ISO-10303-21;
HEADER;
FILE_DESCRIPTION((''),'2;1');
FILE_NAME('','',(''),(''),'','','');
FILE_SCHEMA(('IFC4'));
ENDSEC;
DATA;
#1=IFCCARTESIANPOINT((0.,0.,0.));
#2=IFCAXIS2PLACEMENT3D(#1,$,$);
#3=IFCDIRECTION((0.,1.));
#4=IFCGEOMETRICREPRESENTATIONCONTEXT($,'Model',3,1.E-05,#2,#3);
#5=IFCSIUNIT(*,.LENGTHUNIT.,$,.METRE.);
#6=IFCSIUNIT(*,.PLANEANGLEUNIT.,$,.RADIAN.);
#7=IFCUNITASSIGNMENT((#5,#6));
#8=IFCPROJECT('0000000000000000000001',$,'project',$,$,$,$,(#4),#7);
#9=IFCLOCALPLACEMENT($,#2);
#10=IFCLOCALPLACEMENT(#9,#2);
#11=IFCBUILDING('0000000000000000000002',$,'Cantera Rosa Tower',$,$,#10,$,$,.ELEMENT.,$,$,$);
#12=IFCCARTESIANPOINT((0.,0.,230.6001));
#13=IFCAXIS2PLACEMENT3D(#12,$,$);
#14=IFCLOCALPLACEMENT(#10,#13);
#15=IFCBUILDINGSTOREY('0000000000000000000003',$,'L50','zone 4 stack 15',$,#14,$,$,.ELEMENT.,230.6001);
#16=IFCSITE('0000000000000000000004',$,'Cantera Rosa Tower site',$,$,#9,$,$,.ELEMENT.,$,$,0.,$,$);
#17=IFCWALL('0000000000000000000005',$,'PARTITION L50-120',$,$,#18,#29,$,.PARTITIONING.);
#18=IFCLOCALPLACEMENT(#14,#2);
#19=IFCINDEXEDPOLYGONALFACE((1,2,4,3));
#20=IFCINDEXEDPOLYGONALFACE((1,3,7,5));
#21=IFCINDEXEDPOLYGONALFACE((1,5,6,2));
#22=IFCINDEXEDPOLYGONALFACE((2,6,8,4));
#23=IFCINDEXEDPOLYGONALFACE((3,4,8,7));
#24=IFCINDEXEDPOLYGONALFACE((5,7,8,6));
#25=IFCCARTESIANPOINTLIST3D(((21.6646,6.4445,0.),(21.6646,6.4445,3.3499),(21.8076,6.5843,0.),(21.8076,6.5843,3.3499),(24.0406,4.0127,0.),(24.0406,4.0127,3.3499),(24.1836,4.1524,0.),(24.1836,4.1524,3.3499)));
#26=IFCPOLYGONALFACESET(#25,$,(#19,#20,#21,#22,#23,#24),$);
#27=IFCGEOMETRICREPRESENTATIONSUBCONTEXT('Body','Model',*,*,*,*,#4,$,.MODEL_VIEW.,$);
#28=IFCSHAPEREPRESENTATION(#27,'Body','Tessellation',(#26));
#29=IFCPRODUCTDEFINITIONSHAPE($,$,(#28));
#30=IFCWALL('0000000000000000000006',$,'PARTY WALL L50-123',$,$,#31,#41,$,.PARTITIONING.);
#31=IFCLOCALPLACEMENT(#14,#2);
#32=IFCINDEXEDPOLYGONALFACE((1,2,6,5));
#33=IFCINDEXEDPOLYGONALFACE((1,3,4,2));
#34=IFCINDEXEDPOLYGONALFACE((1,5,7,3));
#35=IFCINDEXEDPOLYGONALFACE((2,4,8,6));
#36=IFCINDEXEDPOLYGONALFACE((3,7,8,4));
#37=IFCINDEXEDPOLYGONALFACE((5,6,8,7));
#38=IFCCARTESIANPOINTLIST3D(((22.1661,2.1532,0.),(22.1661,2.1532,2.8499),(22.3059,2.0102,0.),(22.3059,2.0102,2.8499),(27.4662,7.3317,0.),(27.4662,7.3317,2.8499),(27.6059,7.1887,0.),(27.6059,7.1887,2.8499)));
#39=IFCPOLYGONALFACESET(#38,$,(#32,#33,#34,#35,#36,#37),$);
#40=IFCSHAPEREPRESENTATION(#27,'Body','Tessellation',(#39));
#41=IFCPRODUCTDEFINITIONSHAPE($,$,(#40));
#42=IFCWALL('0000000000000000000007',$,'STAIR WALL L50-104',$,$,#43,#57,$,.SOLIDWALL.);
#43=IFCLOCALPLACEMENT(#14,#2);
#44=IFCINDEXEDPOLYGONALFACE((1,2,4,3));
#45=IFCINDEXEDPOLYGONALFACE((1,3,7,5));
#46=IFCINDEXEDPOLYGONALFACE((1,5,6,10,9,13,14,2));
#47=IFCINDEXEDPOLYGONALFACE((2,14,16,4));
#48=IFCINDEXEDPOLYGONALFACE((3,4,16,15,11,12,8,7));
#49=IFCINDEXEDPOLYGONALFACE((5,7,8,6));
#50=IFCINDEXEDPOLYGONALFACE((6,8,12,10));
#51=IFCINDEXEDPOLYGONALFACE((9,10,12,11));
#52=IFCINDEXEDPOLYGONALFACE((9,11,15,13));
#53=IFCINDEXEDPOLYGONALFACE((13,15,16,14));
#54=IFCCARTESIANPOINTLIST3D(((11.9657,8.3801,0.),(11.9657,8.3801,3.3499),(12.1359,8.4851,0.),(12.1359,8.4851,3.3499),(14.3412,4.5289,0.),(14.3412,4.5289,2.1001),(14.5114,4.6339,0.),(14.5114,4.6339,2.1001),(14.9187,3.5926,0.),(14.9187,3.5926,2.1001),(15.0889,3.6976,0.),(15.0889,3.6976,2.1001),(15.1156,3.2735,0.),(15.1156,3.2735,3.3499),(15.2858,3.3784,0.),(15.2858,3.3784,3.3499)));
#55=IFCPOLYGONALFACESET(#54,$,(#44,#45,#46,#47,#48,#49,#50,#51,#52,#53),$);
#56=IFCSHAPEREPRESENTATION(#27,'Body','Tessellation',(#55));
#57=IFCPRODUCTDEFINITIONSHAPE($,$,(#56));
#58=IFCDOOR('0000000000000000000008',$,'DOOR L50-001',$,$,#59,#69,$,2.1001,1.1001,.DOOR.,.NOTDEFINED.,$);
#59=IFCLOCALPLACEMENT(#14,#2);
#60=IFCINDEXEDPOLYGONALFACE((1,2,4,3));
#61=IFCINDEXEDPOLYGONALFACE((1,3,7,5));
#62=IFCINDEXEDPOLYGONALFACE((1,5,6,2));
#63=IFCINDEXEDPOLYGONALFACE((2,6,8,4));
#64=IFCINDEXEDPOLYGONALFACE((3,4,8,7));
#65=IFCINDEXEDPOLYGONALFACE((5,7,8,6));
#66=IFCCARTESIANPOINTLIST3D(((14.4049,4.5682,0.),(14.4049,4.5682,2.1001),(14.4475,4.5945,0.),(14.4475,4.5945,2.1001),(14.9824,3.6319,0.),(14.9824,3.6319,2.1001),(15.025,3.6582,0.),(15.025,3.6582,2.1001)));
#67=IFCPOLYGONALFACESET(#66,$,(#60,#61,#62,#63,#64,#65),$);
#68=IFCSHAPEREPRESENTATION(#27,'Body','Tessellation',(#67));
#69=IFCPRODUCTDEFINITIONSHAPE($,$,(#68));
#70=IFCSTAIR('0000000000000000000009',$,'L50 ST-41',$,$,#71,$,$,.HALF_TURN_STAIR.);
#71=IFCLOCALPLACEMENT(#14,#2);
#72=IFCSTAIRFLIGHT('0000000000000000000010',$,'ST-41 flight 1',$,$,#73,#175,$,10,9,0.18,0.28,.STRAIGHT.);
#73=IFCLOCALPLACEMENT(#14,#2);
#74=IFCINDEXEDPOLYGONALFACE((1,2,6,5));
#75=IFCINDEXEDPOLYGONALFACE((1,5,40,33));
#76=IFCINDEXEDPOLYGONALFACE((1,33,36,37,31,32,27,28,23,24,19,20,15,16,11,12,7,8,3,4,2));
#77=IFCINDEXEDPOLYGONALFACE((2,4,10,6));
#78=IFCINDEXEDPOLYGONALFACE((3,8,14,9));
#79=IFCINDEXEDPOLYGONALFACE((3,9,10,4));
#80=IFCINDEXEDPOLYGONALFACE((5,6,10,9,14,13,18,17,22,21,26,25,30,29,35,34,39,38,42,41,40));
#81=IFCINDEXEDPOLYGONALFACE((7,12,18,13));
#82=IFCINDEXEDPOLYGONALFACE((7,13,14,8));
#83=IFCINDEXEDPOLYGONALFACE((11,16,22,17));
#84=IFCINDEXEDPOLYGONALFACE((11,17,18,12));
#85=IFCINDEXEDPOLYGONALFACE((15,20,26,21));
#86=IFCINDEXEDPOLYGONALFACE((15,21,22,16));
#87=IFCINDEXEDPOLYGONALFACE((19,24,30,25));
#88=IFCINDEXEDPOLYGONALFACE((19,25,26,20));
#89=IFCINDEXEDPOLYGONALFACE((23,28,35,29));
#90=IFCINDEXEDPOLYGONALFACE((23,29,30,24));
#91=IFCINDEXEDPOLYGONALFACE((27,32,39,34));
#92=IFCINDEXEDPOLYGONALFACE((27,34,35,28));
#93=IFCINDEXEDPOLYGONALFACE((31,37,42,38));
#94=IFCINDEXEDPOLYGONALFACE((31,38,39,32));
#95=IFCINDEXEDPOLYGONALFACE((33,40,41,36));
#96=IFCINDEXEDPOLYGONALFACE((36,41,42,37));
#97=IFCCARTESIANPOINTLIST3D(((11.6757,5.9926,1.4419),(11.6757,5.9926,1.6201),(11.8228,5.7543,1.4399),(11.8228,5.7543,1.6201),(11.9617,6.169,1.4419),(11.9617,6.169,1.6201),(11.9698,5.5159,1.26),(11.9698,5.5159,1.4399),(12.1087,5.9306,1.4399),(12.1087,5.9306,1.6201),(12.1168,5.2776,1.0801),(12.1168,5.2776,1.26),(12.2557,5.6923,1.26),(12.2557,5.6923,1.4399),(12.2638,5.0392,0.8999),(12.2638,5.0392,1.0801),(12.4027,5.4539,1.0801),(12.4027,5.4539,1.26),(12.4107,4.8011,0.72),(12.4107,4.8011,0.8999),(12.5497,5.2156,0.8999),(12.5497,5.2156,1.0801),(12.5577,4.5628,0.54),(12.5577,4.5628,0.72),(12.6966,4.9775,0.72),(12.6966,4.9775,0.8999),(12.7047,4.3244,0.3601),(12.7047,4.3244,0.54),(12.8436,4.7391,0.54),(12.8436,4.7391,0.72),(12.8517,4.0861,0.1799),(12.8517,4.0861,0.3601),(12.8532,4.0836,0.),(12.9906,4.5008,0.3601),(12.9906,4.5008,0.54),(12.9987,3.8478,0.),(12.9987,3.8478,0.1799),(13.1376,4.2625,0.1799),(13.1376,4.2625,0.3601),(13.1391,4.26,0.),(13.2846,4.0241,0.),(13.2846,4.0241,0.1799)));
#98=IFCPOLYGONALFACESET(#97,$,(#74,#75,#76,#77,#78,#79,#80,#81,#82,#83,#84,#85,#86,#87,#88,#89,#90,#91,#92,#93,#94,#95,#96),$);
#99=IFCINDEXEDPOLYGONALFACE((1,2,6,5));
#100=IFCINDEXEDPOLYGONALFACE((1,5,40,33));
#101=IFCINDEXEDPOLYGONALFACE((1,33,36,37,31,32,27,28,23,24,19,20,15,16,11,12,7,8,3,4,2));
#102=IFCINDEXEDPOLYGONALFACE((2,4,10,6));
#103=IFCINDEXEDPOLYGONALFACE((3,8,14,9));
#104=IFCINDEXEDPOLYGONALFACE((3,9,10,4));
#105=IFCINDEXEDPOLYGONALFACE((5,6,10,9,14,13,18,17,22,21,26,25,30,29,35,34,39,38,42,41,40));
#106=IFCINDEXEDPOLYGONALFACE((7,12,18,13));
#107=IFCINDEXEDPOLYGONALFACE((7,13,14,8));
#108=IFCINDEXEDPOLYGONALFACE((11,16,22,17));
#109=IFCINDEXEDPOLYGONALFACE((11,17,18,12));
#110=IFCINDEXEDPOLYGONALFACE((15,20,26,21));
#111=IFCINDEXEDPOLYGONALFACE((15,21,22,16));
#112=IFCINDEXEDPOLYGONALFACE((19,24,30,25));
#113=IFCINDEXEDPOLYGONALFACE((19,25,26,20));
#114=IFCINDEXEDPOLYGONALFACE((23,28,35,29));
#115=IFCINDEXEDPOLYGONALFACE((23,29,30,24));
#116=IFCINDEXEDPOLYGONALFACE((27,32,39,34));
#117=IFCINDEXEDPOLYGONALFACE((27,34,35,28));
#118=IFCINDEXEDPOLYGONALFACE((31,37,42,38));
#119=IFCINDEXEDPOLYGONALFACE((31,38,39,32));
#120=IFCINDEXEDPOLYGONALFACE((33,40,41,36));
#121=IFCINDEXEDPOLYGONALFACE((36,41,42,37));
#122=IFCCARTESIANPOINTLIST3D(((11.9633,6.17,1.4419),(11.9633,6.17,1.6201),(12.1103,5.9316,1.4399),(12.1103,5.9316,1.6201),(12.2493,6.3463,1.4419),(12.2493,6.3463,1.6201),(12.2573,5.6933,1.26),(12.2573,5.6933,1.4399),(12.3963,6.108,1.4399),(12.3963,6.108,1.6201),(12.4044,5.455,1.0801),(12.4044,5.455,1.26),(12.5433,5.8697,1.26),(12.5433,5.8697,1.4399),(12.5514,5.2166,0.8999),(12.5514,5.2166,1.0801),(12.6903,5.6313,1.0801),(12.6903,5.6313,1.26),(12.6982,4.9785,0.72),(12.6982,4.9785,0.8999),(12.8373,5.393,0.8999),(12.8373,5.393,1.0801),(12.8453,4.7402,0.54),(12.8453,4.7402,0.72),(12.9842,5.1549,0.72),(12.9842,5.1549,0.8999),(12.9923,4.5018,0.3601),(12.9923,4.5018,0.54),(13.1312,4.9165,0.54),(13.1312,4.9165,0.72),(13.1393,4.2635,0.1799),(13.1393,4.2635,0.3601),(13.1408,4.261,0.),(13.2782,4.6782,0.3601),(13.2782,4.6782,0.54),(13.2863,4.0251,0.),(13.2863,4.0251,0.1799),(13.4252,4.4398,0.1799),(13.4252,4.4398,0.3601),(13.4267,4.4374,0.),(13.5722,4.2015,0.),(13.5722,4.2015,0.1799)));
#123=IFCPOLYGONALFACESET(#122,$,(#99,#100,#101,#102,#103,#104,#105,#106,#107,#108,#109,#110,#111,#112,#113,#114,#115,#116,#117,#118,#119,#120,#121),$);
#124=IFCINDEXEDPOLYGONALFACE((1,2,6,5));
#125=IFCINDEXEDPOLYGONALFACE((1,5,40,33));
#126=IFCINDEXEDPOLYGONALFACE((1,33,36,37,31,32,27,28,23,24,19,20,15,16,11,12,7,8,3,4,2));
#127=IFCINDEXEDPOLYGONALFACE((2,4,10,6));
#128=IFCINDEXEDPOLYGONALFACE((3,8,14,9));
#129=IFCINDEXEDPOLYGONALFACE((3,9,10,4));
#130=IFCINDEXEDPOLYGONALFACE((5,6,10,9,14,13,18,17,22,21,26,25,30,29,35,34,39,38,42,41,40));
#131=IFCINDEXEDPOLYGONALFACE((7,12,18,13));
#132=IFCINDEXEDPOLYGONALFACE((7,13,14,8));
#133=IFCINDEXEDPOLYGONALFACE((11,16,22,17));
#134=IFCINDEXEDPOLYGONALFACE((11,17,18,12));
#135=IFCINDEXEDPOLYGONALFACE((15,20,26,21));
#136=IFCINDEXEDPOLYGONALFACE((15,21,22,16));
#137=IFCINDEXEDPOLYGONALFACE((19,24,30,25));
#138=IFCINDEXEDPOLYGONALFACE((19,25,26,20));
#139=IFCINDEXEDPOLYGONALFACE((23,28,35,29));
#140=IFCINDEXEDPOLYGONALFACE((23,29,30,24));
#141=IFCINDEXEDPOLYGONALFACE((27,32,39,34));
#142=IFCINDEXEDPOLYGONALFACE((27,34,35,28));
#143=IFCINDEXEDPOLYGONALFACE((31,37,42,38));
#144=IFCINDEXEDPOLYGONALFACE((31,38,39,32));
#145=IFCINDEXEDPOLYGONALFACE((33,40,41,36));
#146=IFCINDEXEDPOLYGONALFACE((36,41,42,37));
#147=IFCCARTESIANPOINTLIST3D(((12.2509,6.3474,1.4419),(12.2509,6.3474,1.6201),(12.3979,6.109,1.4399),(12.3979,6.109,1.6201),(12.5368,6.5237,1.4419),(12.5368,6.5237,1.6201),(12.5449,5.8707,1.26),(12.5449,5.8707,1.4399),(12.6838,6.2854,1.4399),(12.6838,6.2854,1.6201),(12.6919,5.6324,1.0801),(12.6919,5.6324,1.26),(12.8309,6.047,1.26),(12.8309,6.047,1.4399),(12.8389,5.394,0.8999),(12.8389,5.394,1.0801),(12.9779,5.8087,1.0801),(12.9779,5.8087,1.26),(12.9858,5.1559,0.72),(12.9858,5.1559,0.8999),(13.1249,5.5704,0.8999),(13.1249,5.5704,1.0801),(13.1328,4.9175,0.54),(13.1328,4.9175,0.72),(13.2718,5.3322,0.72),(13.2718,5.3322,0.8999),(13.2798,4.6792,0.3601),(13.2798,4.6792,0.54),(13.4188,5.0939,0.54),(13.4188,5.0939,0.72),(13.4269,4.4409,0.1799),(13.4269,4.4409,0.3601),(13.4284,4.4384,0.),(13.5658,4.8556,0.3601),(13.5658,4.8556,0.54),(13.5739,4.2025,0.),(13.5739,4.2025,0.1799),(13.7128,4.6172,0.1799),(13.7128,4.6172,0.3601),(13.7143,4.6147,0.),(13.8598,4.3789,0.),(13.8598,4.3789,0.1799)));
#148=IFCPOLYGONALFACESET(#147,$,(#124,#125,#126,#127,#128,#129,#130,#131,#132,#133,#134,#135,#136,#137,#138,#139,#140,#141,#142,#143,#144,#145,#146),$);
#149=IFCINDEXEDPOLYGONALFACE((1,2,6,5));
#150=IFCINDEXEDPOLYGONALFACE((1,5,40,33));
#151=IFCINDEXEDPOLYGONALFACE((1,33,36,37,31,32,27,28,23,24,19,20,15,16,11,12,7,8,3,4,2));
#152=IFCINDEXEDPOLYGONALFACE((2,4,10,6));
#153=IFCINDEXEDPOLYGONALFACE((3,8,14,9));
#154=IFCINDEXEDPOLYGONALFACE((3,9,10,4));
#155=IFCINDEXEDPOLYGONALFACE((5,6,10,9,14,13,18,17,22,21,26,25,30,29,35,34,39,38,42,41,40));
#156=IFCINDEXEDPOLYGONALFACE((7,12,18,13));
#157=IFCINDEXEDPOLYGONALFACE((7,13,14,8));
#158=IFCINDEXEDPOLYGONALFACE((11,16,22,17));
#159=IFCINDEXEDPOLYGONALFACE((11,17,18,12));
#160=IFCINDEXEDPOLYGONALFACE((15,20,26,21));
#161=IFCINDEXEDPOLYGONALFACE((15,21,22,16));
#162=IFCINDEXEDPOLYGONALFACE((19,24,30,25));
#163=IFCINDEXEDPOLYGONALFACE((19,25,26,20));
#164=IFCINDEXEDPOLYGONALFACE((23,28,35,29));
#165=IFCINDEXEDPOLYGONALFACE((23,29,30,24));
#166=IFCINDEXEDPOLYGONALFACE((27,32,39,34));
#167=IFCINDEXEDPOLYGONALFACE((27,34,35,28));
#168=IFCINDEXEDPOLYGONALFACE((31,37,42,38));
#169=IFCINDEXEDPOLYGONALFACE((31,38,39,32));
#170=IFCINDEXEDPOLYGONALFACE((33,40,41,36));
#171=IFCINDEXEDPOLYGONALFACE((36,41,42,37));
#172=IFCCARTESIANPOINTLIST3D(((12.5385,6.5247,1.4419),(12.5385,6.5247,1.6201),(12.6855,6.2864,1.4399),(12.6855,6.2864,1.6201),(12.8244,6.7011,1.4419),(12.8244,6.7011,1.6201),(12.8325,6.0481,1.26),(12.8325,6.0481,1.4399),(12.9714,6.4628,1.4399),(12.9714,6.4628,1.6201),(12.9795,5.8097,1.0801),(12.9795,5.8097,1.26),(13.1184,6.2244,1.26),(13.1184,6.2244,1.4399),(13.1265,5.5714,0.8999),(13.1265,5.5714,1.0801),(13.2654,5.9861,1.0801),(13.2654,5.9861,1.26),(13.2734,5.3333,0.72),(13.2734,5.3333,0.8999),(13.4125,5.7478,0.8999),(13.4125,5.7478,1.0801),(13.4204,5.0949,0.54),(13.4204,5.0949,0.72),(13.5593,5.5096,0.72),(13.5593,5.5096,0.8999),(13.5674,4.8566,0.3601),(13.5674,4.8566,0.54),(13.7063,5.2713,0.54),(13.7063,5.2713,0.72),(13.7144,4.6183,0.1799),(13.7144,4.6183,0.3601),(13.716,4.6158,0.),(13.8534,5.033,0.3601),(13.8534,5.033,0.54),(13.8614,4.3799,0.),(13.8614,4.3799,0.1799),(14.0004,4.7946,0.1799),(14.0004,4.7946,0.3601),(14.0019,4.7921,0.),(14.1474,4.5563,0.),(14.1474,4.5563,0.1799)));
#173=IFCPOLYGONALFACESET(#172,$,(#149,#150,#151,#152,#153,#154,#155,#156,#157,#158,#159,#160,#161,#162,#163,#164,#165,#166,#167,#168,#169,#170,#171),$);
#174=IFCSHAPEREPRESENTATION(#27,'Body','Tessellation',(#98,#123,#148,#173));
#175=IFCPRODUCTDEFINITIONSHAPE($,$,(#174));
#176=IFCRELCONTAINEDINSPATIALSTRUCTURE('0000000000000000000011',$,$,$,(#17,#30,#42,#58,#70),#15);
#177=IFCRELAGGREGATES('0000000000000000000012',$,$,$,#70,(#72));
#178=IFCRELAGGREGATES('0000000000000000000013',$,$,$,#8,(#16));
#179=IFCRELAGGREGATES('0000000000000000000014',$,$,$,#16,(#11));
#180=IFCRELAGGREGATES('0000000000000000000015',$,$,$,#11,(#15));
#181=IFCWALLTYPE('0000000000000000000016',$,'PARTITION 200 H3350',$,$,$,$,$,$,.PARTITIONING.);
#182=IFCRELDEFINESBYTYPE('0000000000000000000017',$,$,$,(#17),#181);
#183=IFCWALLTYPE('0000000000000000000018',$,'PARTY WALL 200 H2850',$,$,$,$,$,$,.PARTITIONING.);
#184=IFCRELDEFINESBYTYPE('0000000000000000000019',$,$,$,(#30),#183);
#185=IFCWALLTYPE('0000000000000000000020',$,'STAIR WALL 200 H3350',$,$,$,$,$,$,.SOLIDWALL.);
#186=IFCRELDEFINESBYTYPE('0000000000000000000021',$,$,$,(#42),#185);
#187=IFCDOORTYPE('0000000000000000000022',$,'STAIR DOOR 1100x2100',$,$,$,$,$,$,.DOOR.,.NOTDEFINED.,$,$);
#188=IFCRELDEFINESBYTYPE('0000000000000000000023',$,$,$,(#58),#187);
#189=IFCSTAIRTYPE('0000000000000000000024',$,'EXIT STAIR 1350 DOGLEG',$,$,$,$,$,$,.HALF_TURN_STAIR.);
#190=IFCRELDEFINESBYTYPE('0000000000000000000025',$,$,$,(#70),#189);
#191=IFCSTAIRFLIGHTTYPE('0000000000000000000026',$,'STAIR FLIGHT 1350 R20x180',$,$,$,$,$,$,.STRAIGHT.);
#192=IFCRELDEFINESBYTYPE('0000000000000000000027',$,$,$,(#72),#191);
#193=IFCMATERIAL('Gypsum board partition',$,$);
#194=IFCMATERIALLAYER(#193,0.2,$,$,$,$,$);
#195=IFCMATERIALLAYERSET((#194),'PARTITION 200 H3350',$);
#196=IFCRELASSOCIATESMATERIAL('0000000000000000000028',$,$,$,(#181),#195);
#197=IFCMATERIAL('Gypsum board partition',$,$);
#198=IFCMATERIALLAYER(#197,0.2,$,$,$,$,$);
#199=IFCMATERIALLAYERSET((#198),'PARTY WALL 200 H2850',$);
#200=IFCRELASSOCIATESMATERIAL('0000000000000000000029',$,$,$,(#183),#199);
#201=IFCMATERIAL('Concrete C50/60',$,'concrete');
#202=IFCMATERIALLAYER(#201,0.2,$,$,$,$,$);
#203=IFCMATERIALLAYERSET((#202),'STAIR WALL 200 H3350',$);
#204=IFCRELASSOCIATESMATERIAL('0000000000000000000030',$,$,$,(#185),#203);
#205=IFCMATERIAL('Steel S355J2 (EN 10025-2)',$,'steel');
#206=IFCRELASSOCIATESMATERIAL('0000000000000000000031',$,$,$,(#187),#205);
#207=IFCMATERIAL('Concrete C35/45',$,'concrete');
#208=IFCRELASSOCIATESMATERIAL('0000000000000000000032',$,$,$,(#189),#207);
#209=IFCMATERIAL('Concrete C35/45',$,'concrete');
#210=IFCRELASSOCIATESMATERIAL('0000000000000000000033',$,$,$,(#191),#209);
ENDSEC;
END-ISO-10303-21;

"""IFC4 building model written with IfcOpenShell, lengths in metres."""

from ifc_helpers import new_model, si_unit, direction, frame, frame_2d, origin, place, context, subcontext, project, spatial, polyline, rectangle, outline, extrude, material, layer, layer_set, type_object, element, fill, aggregate, save


model = new_model("IFC4")

# Units and contexts
model_context = context("Model", 3, precision=1e-05, world=origin(), true_north=direction((0.0, 1.0)))
body_context = subcontext(model_context, "Body", "Model", "MODEL_VIEW")
ifc_project = project(units=[si_unit("LENGTHUNIT", "METRE"), si_unit("PLANEANGLEUNIT", "RADIAN")], contexts=[model_context])

# Site, building, storey
site_placement = place(None, origin())
site = spatial("IfcSite", under=ifc_project, at=site_placement, Name="Cantera Rosa Tower site", CompositionType="ELEMENT", RefElevation=0.0)
building_placement = place(site_placement, origin())
building = spatial("IfcBuilding", under=site, at=building_placement, Name="Cantera Rosa Tower", CompositionType="ELEMENT")
storey_placement = place(building_placement, frame((0.0, 0.0, 230.6001)))
storey = spatial("IfcBuildingStorey", under=building, at=storey_placement, Name="L50", Description="zone 4 stack 15", CompositionType="ELEMENT", Elevation=230.6001)

# Walls
ifc_material_1 = material(Name="Gypsum board partition")
ifc_layer_1 = layer(ifc_material_1, 0.2)
ifc_layer_set_1 = layer_set([ifc_layer_1], Name="PARTITION 200 H3350")
wall_type_1 = type_object("IfcWallType", Name="PARTITION 200 H3350", PredefinedType="PARTITIONING", material=ifc_layer_set_1)
wall_1_placement = place(storey_placement, frame((21.7361, 6.5144, 0.0), z_axis=(0.0, 0.0, 1.0), x_axis=(0.698837, -0.715281, 0.0)))
element("IfcWall", 1, at=wall_1_placement, inside=storey, type_object=wall_type_1, Name="PARTITION L50-120", PredefinedType="PARTITIONING", context=body_context, shape_type="SweptSolid", body=[
    extrude(rectangle(XDim=3.3999, YDim=0.2, at=frame_2d((1.7, 0.0))), origin(), (0.0, 0.0, 1.0), 3.3499),
])
ifc_material_2 = material(Name="Gypsum board partition")
ifc_layer_2 = layer(ifc_material_2, 0.2)
ifc_layer_set_2 = layer_set([ifc_layer_2], Name="PARTY WALL 200 H2850")
wall_type_2 = type_object("IfcWallType", Name="PARTY WALL 200 H2850", PredefinedType="PARTITIONING", material=ifc_layer_set_2)
wall_2_placement = place(storey_placement, frame((27.5361, 7.2603, 0.0), z_axis=(0.0, 0.0, 1.0), x_axis=(-0.715263, -0.698855, 0.0)))
element("IfcWall", 2, at=wall_2_placement, inside=storey, type_object=wall_type_2, Name="PARTY WALL L50-123", PredefinedType="PARTITIONING", context=body_context, shape_type="SweptSolid", body=[
    extrude(rectangle(XDim=7.4099, YDim=0.2, at=frame_2d((3.7051, 0.0))), origin(), (0.0, 0.0, 1.0), 2.8499),
])

# Wall, opening, door
ifc_material_3 = material(Name="Concrete C50/60", Category="concrete")
ifc_layer_3 = layer(ifc_material_3, 0.2)
ifc_layer_set_3 = layer_set([ifc_layer_3], Name="STAIR WALL 200 H3350")
wall_type_3 = type_object("IfcWallType", Name="STAIR WALL 200 H3350", PredefinedType="SOLIDWALL", material=ifc_layer_set_3)
wall_3_placement = place(storey_placement, frame((12.0508, 8.4326, 0.0), z_axis=(0.0, 0.0, 1.0), x_axis=(0.524983, -0.851113, 0.0)))
wall_3 = element("IfcWall", 3, at=wall_3_placement, inside=storey, type_object=wall_type_3, Name="STAIR WALL L50-104", PredefinedType="SOLIDWALL", context=body_context, shape_type="SweptSolid", body=[
    extrude(rectangle(XDim=6.0, YDim=0.2, at=frame_2d((3.0, 0.0))), origin(), (0.0, 0.0, 1.0), 3.3499),
])
opening_1_placement = place(wall_3_placement, frame((4.5249, 0.0, 0.0)))
opening_1 = element("IfcOpeningElement", 4, at=opening_1_placement, cuts=wall_3, PredefinedType="OPENING", context=body_context, shape_type="SweptSolid", body=[
    extrude(rectangle(XDim=1.1001, YDim=2.1001, at=frame_2d((0.55, 1.05))), frame((0.0, 0.1099, 0.0), z_axis=(0.0, -1.0, 0.0), x_axis=(1.0, 0.0, 0.0)), (0.0, 0.0, 1.0), 0.22),
])
ifc_material_4 = material(Name="Steel S355J2 (EN 10025-2)", Category="steel")
door_type_1 = type_object("IfcDoorType", Name="STAIR DOOR 1100x2100", OperationType="NOTDEFINED", PredefinedType="DOOR", material=ifc_material_4)
door_1_placement = place(opening_1_placement, origin())
door_1 = element("IfcDoor", 5, at=door_1_placement, inside=storey, type_object=door_type_1, Name="DOOR L50-001", OperationType="NOTDEFINED", OverallHeight=2.1001, OverallWidth=1.1001, PredefinedType="DOOR", context=body_context, shape_type="SweptSolid", body=[
    extrude(rectangle(XDim=1.1001, YDim=2.1001, at=frame_2d((0.55, 1.05))), frame((0.0, 0.0249, 0.0), z_axis=(0.0, -1.0, 0.0), x_axis=(1.0, 0.0, 0.0)), (0.0, 0.0, 1.0), 0.05),
])
fill(opening_1, door_1)

# Stair, stair flight
ifc_material_5 = material(Name="Concrete C35/45", Category="concrete")
stair_type = type_object("IfcStairType", Name="EXIT STAIR 1350 DOGLEG", PredefinedType="HALF_TURN_STAIR", material=ifc_material_5)
stair_placement = place(storey_placement, origin())
stair = element("IfcStair", 6, at=stair_placement, inside=storey, type_object=stair_type, Name="L50 ST-41", PredefinedType="HALF_TURN_STAIR")
ifc_material_6 = material(Name="Concrete C35/45", Category="concrete")
stair_flight_type = type_object("IfcStairFlightType", Name="STAIR FLIGHT 1350 R20x180", PredefinedType="STRAIGHT", material=ifc_material_6)
stair_flight_placement = place(storey_placement, frame((13.5732, 4.2021, 0.0), z_axis=(0.0, 0.0, 1.0), x_axis=(-0.524977, 0.851117, 0.0)))
stair_flight = element("IfcStairFlight", 7, at=stair_flight_placement, type_object=stair_flight_type, Name="ST-41 flight 1", NumberOfRisers=10, NumberOfTreads=9, PredefinedType="STRAIGHT", RiserHeight=0.18, TreadLength=0.28, context=body_context, shape_type="SweptSolid", body=[
    extrude(outline(polyline([(0.0, 0.0), (0.0, 0.1799), (0.28, 0.1799), (0.28, 0.3601), (0.5601, 0.3601), (0.5601, 0.54), (0.8401, 0.54), (0.8401, 0.72), (1.1201, 0.72), (1.1201, 0.8999), (1.3999, 0.8999), (1.3999, 1.0801), (1.6799, 1.0801), (1.6799, 1.26), (1.96, 1.26), (1.96, 1.4399), (2.24, 1.4399), (2.24, 1.6201), (2.52, 1.6201), (2.52, 1.8), (2.52, 1.4419), (0.2771, 0.0), (0.0, 0.0)])), frame((0.0, 0.675, 0.0), z_axis=(0.0, -1.0, 0.0), x_axis=(1.0, 0.0, 0.0)), (0.0, 0.0, 1.0), 0.3359),
    extrude(outline(polyline([(0.0, 0.0), (0.0, 0.1799), (0.28, 0.1799), (0.28, 0.3601), (0.5601, 0.3601), (0.5601, 0.54), (0.8401, 0.54), (0.8401, 0.72), (1.1201, 0.72), (1.1201, 0.8999), (1.3999, 0.8999), (1.3999, 1.0801), (1.6799, 1.0801), (1.6799, 1.26), (1.96, 1.26), (1.96, 1.4399), (2.24, 1.4399), (2.24, 1.6201), (2.52, 1.6201), (2.52, 1.8), (2.52, 1.4419), (0.2771, 0.0), (0.0, 0.0)])), frame((0.0, 0.3372, 0.0), z_axis=(0.0, -1.0, 0.0), x_axis=(1.0, 0.0, 0.0)), (0.0, 0.0, 1.0), 0.3359),
    extrude(outline(polyline([(0.0, 0.0), (0.0, 0.1799), (0.28, 0.1799), (0.28, 0.3601), (0.5601, 0.3601), (0.5601, 0.54), (0.8401, 0.54), (0.8401, 0.72), (1.1201, 0.72), (1.1201, 0.8999), (1.3999, 0.8999), (1.3999, 1.0801), (1.6799, 1.0801), (1.6799, 1.26), (1.96, 1.26), (1.96, 1.4399), (2.24, 1.4399), (2.24, 1.6201), (2.52, 1.6201), (2.52, 1.8), (2.52, 1.4419), (0.2771, 0.0), (0.0, 0.0)])), frame((0.0, -0.0007, 0.0), z_axis=(0.0, -1.0, 0.0), x_axis=(1.0, 0.0, 0.0)), (0.0, 0.0, 1.0), 0.3359),
    extrude(outline(polyline([(0.0, 0.0), (0.0, 0.1799), (0.28, 0.1799), (0.28, 0.3601), (0.5601, 0.3601), (0.5601, 0.54), (0.8401, 0.54), (0.8401, 0.72), (1.1201, 0.72), (1.1201, 0.8999), (1.3999, 0.8999), (1.3999, 1.0801), (1.6799, 1.0801), (1.6799, 1.26), (1.96, 1.26), (1.96, 1.4399), (2.24, 1.4399), (2.24, 1.6201), (2.52, 1.6201), (2.52, 1.8), (2.52, 1.4419), (0.2771, 0.0), (0.0, 0.0)])), frame((0.0, -0.3386, 0.0), z_axis=(0.0, -1.0, 0.0), x_axis=(1.0, 0.0, 0.0)), (0.0, 0.0, 1.0), 0.3359),
])
aggregate(stair, [stair_flight])

save(model, "model.ifc")
